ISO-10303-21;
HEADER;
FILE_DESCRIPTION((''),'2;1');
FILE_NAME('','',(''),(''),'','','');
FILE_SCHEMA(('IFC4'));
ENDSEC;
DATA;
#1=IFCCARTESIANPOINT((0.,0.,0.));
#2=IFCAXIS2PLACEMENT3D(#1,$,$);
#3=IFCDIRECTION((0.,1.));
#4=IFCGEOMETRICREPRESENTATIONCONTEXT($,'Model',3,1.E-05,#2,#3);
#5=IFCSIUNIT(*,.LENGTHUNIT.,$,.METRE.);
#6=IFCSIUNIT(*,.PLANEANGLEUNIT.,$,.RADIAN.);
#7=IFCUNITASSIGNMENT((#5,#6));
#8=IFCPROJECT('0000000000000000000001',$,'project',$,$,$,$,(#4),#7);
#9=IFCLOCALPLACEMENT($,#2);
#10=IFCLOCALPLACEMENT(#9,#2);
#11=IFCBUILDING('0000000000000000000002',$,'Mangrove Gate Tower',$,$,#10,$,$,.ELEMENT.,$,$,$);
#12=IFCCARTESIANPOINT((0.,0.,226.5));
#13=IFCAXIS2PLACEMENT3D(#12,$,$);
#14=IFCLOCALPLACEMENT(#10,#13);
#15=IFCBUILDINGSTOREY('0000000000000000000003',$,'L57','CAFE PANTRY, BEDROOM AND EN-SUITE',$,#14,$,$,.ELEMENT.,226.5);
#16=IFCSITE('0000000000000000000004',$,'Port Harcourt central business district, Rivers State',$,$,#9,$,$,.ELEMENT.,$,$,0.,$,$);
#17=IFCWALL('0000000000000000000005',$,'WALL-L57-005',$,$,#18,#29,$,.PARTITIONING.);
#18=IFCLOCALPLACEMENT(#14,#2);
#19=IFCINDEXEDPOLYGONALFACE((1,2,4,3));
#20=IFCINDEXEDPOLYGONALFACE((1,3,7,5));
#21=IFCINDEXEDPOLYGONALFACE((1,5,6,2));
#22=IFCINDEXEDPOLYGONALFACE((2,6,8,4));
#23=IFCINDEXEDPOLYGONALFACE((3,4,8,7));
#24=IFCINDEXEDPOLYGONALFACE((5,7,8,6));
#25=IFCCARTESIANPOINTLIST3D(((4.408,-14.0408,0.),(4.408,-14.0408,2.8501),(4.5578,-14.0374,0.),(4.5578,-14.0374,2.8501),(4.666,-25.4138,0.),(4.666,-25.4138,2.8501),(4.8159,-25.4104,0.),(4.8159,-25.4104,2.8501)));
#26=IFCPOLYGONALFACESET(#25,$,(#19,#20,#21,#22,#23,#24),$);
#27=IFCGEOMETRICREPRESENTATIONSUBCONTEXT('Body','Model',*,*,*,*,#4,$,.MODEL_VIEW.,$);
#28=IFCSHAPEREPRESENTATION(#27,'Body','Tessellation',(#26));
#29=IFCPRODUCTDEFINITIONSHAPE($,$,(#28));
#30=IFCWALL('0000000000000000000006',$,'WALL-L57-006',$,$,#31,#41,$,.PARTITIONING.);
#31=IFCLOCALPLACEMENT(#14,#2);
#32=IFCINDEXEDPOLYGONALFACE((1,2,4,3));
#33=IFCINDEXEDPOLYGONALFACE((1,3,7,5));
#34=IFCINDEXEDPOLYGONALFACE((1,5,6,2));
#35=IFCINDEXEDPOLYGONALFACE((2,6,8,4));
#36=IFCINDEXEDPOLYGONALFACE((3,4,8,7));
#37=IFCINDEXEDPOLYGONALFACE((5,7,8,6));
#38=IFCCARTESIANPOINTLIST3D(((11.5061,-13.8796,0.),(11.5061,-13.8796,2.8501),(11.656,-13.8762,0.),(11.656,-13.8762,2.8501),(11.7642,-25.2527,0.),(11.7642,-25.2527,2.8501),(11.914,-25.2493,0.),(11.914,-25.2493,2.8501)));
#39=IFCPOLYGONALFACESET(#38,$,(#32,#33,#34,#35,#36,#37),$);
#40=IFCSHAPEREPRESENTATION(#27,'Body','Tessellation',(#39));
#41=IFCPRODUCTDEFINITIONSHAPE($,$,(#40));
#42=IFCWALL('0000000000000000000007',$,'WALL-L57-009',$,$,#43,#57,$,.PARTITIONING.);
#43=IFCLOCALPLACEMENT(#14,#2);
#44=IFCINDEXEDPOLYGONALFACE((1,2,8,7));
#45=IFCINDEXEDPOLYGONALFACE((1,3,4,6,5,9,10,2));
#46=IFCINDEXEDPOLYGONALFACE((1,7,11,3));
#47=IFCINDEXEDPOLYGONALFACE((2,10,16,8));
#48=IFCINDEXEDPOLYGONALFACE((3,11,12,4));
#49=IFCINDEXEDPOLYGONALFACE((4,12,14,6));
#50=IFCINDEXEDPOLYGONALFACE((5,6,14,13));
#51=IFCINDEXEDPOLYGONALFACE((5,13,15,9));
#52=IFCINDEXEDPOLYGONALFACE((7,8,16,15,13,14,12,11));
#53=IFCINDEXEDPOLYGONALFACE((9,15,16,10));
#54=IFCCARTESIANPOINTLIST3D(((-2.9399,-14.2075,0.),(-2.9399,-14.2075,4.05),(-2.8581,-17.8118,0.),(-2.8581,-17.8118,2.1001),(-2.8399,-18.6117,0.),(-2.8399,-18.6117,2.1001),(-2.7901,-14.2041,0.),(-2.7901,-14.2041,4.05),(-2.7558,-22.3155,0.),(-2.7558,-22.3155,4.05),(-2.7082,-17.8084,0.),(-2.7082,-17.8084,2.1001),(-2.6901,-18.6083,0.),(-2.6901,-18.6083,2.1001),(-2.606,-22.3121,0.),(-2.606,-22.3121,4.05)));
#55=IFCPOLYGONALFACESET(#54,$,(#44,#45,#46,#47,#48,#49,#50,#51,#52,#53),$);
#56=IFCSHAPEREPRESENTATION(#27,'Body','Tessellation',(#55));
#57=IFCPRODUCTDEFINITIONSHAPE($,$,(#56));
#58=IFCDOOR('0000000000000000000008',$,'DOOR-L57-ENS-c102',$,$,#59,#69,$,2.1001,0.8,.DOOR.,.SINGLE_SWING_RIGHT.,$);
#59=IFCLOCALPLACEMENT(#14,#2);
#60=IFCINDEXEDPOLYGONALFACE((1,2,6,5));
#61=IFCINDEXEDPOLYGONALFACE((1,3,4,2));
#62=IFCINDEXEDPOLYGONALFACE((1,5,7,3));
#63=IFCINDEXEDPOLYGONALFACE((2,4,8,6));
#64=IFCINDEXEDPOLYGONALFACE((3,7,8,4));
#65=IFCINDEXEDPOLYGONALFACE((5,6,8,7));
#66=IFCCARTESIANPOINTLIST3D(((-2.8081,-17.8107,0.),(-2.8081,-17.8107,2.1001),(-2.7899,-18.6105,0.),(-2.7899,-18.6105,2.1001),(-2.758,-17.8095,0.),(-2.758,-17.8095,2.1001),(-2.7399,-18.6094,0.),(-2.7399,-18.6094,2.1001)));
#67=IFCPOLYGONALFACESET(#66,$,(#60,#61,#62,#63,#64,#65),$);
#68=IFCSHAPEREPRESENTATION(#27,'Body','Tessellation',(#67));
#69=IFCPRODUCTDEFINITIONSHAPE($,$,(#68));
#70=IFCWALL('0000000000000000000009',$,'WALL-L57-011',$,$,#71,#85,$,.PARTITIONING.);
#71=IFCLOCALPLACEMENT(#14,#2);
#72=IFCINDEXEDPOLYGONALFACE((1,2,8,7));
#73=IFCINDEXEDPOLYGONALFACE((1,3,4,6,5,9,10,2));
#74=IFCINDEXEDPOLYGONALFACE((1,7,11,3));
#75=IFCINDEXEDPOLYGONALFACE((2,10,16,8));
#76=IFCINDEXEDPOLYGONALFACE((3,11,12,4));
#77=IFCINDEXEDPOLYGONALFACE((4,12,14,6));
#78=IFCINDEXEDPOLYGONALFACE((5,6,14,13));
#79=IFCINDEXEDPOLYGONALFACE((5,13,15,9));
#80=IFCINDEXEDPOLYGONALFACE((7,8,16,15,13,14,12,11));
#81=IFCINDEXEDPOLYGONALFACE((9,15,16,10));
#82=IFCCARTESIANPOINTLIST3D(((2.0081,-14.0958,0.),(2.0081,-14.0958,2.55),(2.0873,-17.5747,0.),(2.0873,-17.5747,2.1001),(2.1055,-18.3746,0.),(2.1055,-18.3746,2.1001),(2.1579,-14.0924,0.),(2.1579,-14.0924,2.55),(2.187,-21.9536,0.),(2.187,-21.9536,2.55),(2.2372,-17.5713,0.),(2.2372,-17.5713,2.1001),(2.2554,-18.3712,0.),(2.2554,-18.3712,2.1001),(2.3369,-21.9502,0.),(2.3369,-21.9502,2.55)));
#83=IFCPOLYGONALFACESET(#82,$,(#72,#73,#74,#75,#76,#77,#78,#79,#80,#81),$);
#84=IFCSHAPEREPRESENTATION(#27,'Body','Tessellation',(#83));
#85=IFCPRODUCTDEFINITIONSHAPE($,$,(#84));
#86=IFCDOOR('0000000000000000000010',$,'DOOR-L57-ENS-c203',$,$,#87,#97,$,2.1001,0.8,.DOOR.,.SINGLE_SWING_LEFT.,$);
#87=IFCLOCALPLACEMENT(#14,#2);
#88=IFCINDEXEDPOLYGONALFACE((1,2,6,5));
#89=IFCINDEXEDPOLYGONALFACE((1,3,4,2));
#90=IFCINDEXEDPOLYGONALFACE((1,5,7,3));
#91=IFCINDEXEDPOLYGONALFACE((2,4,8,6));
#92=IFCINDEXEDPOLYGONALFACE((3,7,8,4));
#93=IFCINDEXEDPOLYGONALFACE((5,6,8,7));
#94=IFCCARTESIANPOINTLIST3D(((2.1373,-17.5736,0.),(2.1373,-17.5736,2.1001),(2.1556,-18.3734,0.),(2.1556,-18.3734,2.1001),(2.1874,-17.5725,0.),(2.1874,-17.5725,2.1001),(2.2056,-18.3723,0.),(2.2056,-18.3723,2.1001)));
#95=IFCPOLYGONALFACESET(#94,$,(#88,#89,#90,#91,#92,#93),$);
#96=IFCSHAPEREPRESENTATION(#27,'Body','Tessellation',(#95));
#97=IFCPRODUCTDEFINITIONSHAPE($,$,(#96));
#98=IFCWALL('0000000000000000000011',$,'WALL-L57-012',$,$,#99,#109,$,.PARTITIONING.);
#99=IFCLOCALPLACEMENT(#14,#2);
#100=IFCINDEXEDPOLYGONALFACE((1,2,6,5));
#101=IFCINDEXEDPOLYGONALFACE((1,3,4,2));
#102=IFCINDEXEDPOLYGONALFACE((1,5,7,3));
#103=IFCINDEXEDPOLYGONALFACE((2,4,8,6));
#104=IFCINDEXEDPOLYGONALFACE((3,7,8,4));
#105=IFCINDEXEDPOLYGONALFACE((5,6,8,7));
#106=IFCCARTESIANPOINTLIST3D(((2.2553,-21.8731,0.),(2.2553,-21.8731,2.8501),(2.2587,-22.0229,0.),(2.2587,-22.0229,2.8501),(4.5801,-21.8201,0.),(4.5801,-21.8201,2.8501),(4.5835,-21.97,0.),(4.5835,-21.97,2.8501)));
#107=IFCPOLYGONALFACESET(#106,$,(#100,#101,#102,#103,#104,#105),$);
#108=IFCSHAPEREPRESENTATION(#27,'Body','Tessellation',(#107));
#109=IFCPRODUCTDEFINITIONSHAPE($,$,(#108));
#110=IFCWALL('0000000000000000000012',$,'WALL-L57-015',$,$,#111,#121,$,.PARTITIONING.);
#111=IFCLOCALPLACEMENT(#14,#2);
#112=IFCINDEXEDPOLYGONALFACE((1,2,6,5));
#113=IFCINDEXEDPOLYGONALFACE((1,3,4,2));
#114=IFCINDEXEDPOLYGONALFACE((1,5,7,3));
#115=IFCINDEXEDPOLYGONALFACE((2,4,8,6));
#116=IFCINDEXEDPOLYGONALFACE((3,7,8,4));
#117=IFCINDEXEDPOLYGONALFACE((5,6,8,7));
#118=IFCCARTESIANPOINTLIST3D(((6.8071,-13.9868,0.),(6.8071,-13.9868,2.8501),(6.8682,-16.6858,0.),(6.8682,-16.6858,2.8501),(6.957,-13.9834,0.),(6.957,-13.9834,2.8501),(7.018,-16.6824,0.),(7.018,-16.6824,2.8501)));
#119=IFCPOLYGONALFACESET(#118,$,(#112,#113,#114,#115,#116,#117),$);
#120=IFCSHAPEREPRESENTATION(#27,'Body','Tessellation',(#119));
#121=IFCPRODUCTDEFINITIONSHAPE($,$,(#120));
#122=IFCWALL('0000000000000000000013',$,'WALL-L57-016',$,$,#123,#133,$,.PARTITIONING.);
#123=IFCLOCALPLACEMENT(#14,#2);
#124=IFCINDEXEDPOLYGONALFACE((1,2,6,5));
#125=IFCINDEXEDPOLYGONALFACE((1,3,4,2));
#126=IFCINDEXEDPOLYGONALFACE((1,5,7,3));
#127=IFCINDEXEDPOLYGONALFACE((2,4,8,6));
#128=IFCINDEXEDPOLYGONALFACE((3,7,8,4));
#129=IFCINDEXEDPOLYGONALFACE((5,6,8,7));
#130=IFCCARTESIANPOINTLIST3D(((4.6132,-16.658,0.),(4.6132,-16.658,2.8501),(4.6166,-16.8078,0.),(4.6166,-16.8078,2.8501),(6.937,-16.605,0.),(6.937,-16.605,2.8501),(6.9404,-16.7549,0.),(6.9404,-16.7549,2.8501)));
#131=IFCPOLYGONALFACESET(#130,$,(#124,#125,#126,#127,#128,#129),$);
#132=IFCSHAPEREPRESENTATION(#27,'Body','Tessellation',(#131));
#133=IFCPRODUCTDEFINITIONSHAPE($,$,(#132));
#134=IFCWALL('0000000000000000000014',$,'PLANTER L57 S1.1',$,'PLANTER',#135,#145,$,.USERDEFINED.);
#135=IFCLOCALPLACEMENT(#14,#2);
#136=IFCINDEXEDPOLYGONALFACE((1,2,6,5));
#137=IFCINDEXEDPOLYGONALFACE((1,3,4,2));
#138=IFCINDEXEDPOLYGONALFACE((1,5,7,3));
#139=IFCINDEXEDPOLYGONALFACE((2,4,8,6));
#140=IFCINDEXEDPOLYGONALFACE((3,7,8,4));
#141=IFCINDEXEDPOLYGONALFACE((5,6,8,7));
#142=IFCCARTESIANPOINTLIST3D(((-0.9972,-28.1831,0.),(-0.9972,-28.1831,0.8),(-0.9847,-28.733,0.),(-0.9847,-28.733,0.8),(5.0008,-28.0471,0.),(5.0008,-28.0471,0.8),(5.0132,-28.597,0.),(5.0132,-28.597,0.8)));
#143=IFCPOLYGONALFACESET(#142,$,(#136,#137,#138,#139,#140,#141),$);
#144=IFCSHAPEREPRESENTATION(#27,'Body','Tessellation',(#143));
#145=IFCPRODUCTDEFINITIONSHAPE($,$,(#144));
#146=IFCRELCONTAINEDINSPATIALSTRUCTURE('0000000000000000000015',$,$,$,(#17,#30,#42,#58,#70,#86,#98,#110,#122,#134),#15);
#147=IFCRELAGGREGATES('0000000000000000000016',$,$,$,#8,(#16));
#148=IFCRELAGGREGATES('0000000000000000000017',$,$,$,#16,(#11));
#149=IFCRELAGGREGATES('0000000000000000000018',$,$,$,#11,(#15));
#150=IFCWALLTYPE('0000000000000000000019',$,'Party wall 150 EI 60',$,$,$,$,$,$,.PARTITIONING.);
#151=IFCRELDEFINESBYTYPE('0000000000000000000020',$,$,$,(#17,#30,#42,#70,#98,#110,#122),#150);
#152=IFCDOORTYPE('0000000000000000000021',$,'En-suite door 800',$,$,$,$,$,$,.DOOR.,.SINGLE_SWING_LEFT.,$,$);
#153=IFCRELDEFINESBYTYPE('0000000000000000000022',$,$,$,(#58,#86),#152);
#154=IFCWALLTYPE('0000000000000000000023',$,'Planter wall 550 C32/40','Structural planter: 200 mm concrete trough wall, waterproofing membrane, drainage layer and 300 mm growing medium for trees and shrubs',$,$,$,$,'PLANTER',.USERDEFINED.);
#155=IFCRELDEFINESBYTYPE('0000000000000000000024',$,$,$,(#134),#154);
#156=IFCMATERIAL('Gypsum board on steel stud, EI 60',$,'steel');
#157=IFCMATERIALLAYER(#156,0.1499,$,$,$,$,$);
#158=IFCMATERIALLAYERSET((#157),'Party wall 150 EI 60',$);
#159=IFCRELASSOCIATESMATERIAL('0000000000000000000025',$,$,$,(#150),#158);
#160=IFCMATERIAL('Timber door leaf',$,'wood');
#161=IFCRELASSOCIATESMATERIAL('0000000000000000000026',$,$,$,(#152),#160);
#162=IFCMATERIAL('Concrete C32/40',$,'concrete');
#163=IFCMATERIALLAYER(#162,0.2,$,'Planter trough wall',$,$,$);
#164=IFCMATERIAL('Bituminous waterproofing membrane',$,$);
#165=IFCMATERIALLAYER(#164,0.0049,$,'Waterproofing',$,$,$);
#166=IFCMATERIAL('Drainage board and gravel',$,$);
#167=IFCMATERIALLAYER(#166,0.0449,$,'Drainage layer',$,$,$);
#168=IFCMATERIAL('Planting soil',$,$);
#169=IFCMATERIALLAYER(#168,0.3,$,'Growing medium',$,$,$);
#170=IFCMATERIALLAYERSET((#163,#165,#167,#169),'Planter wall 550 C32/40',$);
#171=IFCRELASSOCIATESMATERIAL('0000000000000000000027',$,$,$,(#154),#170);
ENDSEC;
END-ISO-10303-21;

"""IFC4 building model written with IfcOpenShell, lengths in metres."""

from ifc_helpers import new_model, si_unit, direction, frame, frame_2d, origin, place, context, subcontext, project, spatial, rectangle, extrude, material, layer, layer_set, type_object, element, fill, save


model = new_model("IFC4")

# Units and contexts
model_context = context("Model", 3, precision=1e-05, world=origin(), true_north=direction((0.0, 1.0)))
body_context = subcontext(model_context, "Body", "Model", "MODEL_VIEW")
ifc_project = project(units=[si_unit("LENGTHUNIT", "METRE"), si_unit("PLANEANGLEUNIT", "RADIAN")], contexts=[model_context])

# Site, building, storey
site_placement = place(None, origin())
site = spatial("IfcSite", under=ifc_project, at=site_placement, Name="Port Harcourt central business district, Rivers State", CompositionType="ELEMENT", RefElevation=0.0)
building_placement = place(site_placement, origin())
building = spatial("IfcBuilding", under=site, at=building_placement, Name="Mangrove Gate Tower", CompositionType="ELEMENT")
storey_placement = place(building_placement, frame((0.0, 0.0, 226.5)))
storey = spatial("IfcBuildingStorey", under=building, at=storey_placement, Name="L57", Description="CAFE PANTRY, BEDROOM AND EN-SUITE", CompositionType="ELEMENT", Elevation=226.5)

# Walls
ifc_material_1 = material(Name="Gypsum board on steel stud, EI 60", Category="steel")
ifc_layer_1 = layer(ifc_material_1, 0.1499)
ifc_layer_set_1 = layer_set([ifc_layer_1], Name="Party wall 150 EI 60")
wall_type_1 = type_object("IfcWallType", Name="Party wall 150 EI 60", PredefinedType="PARTITIONING", material=ifc_layer_set_1)
for number, where, z_axis, x_axis, name in (
    (1, (4.741, -25.4121, 0.0), (0.0, 0.0, 1.0), (-0.022684, 0.999743, 0.0), "WALL-L57-005"),
    (2, (11.8391, -25.251, 0.0), (0.0, 0.0, 1.0), (-0.022684, 0.999743, 0.0), "WALL-L57-006"),
):
    element("IfcWall", number, at=place(storey_placement, frame(where, z_axis=z_axis, x_axis=x_axis)), inside=storey, type_object=wall_type_1, Name=name, PredefinedType="PARTITIONING", context=body_context, shape_type="SweptSolid", body=[
        extrude(rectangle(XDim=11.376, YDim=0.1499, at=frame_2d((5.688, 0.0))), origin(), (0.0, 0.0, 1.0), 2.8501),
    ])

# Walls, openings, doors
wall_1_placement = place(storey_placement, frame((-2.6809, -22.314, 0.0), z_axis=(0.0, 0.0, 1.0), x_axis=(-0.022698, 0.999742, 0.0)))
wall_1 = element("IfcWall", 3, at=wall_1_placement, inside=storey, type_object=wall_type_1, Name="WALL-L57-009", PredefinedType="PARTITIONING", context=body_context, shape_type="SweptSolid", body=[
    extrude(rectangle(XDim=8.1101, YDim=0.1499, at=frame_2d((4.0552, 0.0))), origin(), (0.0, 0.0, 1.0), 4.05),
])
opening_1_placement = place(wall_1_placement, frame((3.7051, 0.0, 0.0)))
opening_1 = element("IfcOpeningElement", 4, at=opening_1_placement, cuts=wall_1, PredefinedType="OPENING", context=body_context, shape_type="SweptSolid", body=[
    extrude(rectangle(XDim=0.8, YDim=2.1001, at=frame_2d((0.3999, 1.05))), frame((0.0, 0.085, 0.0), z_axis=(0.0, -1.0, 0.0), x_axis=(1.0, 0.0, 0.0)), (0.0, 0.0, 1.0), 0.1699),
])
ifc_material_2 = material(Name="Timber door leaf", Category="wood")
door_type = type_object("IfcDoorType", Name="En-suite door 800", OperationType="SINGLE_SWING_LEFT", PredefinedType="DOOR", material=ifc_material_2)
door_1_placement = place(opening_1_placement, origin())
door_1 = element("IfcDoor", 5, at=door_1_placement, inside=storey, type_object=door_type, Name="DOOR-L57-ENS-c102", OperationType="SINGLE_SWING_RIGHT", OverallHeight=2.1001, OverallWidth=0.8, PredefinedType="DOOR", context=body_context, shape_type="SweptSolid", body=[
    extrude(rectangle(XDim=0.8, YDim=2.1001, at=frame_2d((0.3999, 1.05))), frame((0.0, 0.0249, 0.0), z_axis=(0.0, -1.0, 0.0), x_axis=(1.0, 0.0, 0.0)), (0.0, 0.0, 1.0), 0.05),
])
fill(opening_1, door_1)
wall_2_placement = place(storey_placement, frame((2.262, -21.9519, 0.0), z_axis=(0.0, 0.0, 1.0), x_axis=(-0.022768, 0.999741, 0.0)))
wall_2 = element("IfcWall", 6, at=wall_2_placement, inside=storey, type_object=wall_type_1, Name="WALL-L57-011", PredefinedType="PARTITIONING", context=body_context, shape_type="SweptSolid", body=[
    extrude(rectangle(XDim=7.8599, YDim=0.1499, at=frame_2d((3.9299, 0.0))), origin(), (0.0, 0.0, 1.0), 2.55),
])
opening_2_placement = place(wall_2_placement, frame((3.5801, 0.0, 0.0)))
opening_2 = element("IfcOpeningElement", 7, at=opening_2_placement, cuts=wall_2, PredefinedType="OPENING", context=body_context, shape_type="SweptSolid", body=[
    extrude(rectangle(XDim=0.8, YDim=2.1001, at=frame_2d((0.3999, 1.05))), frame((0.0, 0.085, 0.0), z_axis=(0.0, -1.0, 0.0), x_axis=(1.0, 0.0, 0.0)), (0.0, 0.0, 1.0), 0.1699),
])
door_2_placement = place(opening_2_placement, origin())
door_2 = element("IfcDoor", 8, at=door_2_placement, inside=storey, type_object=door_type, Name="DOOR-L57-ENS-c203", OperationType="SINGLE_SWING_LEFT", OverallHeight=2.1001, OverallWidth=0.8, PredefinedType="DOOR", context=body_context, shape_type="SweptSolid", body=[
    extrude(rectangle(XDim=0.8, YDim=2.1001, at=frame_2d((0.3999, 1.05))), frame((0.0, 0.0249, 0.0), z_axis=(0.0, -1.0, 0.0), x_axis=(1.0, 0.0, 0.0)), (0.0, 0.0, 1.0), 0.05),
])
fill(opening_2, door_2)

# Walls
wall_3_placement = place(storey_placement, frame((2.2571, -21.948, 0.0), z_axis=(0.0, 0.0, 1.0), x_axis=(0.99974, 0.022781, 0.0)))
element("IfcWall", 9, at=wall_3_placement, inside=storey, type_object=wall_type_1, Name="WALL-L57-012", PredefinedType="PARTITIONING", context=body_context, shape_type="SweptSolid", body=[
    extrude(rectangle(XDim=2.3254, YDim=0.1499, at=frame_2d((1.1626, 0.0))), origin(), (0.0, 0.0, 1.0), 2.8501),
])
wall_4_placement = place(storey_placement, frame((6.9431, -16.6841, 0.0), z_axis=(0.0, 0.0, 1.0), x_axis=(-0.022608, 0.999744, 0.0)))
element("IfcWall", 10, at=wall_4_placement, inside=storey, type_object=wall_type_1, Name="WALL-L57-015", PredefinedType="PARTITIONING", context=body_context, shape_type="SweptSolid", body=[
    extrude(rectangle(XDim=2.6997, YDim=0.1499, at=frame_2d((1.3499, 0.0))), origin(), (0.0, 0.0, 1.0), 2.8501),
])
wall_5_placement = place(storey_placement, frame((4.615, -16.7329, 0.0), z_axis=(0.0, 0.0, 1.0), x_axis=(0.99974, 0.022791, 0.0)))
element("IfcWall", 11, at=wall_5_placement, inside=storey, type_object=wall_type_1, Name="WALL-L57-016", PredefinedType="PARTITIONING", context=body_context, shape_type="SweptSolid", body=[
    extrude(rectangle(XDim=2.3245, YDim=0.1499, at=frame_2d((1.1621, 0.0))), origin(), (0.0, 0.0, 1.0), 2.8501),
])
ifc_material_3 = material(Name="Concrete C32/40", Category="concrete")
ifc_layer_2 = layer(ifc_material_3, 0.2, Name="Planter trough wall")
ifc_material_4 = material(Name="Bituminous waterproofing membrane")
ifc_layer_3 = layer(ifc_material_4, 0.0049, Name="Waterproofing")
ifc_material_5 = material(Name="Drainage board and gravel")
ifc_layer_4 = layer(ifc_material_5, 0.0449, Name="Drainage layer")
ifc_material_6 = material(Name="Planting soil")
ifc_layer_5 = layer(ifc_material_6, 0.3, Name="Growing medium")
ifc_layer_set_2 = layer_set([ifc_layer_2, ifc_layer_3, ifc_layer_4, ifc_layer_5], Name="Planter wall 550 C32/40")
wall_type_2 = type_object("IfcWallType", Name="Planter wall 550 C32/40", Description="Structural planter: 200 mm concrete trough wall, waterproofing membrane, drainage layer and 300 mm growing medium for trees and shrubs", ElementType="PLANTER", PredefinedType="USERDEFINED", material=ifc_layer_set_2)
wall_6_placement = place(storey_placement, frame((-0.991, -28.458, 0.0), z_axis=(0.0, 0.0, 1.0), x_axis=(0.999743, 0.022666, 0.0)))
element("IfcWall", 12, at=wall_6_placement, inside=storey, type_object=wall_type_2, Name="PLANTER L57 S1.1", ObjectType="PLANTER", PredefinedType="USERDEFINED", context=body_context, shape_type="SweptSolid", body=[
    extrude(rectangle(XDim=5.9995, YDim=0.55, at=frame_2d((2.9998, 0.0))), origin(), (0.0, 0.0, 1.0), 0.8),
])

save(model, "model.ifc")
